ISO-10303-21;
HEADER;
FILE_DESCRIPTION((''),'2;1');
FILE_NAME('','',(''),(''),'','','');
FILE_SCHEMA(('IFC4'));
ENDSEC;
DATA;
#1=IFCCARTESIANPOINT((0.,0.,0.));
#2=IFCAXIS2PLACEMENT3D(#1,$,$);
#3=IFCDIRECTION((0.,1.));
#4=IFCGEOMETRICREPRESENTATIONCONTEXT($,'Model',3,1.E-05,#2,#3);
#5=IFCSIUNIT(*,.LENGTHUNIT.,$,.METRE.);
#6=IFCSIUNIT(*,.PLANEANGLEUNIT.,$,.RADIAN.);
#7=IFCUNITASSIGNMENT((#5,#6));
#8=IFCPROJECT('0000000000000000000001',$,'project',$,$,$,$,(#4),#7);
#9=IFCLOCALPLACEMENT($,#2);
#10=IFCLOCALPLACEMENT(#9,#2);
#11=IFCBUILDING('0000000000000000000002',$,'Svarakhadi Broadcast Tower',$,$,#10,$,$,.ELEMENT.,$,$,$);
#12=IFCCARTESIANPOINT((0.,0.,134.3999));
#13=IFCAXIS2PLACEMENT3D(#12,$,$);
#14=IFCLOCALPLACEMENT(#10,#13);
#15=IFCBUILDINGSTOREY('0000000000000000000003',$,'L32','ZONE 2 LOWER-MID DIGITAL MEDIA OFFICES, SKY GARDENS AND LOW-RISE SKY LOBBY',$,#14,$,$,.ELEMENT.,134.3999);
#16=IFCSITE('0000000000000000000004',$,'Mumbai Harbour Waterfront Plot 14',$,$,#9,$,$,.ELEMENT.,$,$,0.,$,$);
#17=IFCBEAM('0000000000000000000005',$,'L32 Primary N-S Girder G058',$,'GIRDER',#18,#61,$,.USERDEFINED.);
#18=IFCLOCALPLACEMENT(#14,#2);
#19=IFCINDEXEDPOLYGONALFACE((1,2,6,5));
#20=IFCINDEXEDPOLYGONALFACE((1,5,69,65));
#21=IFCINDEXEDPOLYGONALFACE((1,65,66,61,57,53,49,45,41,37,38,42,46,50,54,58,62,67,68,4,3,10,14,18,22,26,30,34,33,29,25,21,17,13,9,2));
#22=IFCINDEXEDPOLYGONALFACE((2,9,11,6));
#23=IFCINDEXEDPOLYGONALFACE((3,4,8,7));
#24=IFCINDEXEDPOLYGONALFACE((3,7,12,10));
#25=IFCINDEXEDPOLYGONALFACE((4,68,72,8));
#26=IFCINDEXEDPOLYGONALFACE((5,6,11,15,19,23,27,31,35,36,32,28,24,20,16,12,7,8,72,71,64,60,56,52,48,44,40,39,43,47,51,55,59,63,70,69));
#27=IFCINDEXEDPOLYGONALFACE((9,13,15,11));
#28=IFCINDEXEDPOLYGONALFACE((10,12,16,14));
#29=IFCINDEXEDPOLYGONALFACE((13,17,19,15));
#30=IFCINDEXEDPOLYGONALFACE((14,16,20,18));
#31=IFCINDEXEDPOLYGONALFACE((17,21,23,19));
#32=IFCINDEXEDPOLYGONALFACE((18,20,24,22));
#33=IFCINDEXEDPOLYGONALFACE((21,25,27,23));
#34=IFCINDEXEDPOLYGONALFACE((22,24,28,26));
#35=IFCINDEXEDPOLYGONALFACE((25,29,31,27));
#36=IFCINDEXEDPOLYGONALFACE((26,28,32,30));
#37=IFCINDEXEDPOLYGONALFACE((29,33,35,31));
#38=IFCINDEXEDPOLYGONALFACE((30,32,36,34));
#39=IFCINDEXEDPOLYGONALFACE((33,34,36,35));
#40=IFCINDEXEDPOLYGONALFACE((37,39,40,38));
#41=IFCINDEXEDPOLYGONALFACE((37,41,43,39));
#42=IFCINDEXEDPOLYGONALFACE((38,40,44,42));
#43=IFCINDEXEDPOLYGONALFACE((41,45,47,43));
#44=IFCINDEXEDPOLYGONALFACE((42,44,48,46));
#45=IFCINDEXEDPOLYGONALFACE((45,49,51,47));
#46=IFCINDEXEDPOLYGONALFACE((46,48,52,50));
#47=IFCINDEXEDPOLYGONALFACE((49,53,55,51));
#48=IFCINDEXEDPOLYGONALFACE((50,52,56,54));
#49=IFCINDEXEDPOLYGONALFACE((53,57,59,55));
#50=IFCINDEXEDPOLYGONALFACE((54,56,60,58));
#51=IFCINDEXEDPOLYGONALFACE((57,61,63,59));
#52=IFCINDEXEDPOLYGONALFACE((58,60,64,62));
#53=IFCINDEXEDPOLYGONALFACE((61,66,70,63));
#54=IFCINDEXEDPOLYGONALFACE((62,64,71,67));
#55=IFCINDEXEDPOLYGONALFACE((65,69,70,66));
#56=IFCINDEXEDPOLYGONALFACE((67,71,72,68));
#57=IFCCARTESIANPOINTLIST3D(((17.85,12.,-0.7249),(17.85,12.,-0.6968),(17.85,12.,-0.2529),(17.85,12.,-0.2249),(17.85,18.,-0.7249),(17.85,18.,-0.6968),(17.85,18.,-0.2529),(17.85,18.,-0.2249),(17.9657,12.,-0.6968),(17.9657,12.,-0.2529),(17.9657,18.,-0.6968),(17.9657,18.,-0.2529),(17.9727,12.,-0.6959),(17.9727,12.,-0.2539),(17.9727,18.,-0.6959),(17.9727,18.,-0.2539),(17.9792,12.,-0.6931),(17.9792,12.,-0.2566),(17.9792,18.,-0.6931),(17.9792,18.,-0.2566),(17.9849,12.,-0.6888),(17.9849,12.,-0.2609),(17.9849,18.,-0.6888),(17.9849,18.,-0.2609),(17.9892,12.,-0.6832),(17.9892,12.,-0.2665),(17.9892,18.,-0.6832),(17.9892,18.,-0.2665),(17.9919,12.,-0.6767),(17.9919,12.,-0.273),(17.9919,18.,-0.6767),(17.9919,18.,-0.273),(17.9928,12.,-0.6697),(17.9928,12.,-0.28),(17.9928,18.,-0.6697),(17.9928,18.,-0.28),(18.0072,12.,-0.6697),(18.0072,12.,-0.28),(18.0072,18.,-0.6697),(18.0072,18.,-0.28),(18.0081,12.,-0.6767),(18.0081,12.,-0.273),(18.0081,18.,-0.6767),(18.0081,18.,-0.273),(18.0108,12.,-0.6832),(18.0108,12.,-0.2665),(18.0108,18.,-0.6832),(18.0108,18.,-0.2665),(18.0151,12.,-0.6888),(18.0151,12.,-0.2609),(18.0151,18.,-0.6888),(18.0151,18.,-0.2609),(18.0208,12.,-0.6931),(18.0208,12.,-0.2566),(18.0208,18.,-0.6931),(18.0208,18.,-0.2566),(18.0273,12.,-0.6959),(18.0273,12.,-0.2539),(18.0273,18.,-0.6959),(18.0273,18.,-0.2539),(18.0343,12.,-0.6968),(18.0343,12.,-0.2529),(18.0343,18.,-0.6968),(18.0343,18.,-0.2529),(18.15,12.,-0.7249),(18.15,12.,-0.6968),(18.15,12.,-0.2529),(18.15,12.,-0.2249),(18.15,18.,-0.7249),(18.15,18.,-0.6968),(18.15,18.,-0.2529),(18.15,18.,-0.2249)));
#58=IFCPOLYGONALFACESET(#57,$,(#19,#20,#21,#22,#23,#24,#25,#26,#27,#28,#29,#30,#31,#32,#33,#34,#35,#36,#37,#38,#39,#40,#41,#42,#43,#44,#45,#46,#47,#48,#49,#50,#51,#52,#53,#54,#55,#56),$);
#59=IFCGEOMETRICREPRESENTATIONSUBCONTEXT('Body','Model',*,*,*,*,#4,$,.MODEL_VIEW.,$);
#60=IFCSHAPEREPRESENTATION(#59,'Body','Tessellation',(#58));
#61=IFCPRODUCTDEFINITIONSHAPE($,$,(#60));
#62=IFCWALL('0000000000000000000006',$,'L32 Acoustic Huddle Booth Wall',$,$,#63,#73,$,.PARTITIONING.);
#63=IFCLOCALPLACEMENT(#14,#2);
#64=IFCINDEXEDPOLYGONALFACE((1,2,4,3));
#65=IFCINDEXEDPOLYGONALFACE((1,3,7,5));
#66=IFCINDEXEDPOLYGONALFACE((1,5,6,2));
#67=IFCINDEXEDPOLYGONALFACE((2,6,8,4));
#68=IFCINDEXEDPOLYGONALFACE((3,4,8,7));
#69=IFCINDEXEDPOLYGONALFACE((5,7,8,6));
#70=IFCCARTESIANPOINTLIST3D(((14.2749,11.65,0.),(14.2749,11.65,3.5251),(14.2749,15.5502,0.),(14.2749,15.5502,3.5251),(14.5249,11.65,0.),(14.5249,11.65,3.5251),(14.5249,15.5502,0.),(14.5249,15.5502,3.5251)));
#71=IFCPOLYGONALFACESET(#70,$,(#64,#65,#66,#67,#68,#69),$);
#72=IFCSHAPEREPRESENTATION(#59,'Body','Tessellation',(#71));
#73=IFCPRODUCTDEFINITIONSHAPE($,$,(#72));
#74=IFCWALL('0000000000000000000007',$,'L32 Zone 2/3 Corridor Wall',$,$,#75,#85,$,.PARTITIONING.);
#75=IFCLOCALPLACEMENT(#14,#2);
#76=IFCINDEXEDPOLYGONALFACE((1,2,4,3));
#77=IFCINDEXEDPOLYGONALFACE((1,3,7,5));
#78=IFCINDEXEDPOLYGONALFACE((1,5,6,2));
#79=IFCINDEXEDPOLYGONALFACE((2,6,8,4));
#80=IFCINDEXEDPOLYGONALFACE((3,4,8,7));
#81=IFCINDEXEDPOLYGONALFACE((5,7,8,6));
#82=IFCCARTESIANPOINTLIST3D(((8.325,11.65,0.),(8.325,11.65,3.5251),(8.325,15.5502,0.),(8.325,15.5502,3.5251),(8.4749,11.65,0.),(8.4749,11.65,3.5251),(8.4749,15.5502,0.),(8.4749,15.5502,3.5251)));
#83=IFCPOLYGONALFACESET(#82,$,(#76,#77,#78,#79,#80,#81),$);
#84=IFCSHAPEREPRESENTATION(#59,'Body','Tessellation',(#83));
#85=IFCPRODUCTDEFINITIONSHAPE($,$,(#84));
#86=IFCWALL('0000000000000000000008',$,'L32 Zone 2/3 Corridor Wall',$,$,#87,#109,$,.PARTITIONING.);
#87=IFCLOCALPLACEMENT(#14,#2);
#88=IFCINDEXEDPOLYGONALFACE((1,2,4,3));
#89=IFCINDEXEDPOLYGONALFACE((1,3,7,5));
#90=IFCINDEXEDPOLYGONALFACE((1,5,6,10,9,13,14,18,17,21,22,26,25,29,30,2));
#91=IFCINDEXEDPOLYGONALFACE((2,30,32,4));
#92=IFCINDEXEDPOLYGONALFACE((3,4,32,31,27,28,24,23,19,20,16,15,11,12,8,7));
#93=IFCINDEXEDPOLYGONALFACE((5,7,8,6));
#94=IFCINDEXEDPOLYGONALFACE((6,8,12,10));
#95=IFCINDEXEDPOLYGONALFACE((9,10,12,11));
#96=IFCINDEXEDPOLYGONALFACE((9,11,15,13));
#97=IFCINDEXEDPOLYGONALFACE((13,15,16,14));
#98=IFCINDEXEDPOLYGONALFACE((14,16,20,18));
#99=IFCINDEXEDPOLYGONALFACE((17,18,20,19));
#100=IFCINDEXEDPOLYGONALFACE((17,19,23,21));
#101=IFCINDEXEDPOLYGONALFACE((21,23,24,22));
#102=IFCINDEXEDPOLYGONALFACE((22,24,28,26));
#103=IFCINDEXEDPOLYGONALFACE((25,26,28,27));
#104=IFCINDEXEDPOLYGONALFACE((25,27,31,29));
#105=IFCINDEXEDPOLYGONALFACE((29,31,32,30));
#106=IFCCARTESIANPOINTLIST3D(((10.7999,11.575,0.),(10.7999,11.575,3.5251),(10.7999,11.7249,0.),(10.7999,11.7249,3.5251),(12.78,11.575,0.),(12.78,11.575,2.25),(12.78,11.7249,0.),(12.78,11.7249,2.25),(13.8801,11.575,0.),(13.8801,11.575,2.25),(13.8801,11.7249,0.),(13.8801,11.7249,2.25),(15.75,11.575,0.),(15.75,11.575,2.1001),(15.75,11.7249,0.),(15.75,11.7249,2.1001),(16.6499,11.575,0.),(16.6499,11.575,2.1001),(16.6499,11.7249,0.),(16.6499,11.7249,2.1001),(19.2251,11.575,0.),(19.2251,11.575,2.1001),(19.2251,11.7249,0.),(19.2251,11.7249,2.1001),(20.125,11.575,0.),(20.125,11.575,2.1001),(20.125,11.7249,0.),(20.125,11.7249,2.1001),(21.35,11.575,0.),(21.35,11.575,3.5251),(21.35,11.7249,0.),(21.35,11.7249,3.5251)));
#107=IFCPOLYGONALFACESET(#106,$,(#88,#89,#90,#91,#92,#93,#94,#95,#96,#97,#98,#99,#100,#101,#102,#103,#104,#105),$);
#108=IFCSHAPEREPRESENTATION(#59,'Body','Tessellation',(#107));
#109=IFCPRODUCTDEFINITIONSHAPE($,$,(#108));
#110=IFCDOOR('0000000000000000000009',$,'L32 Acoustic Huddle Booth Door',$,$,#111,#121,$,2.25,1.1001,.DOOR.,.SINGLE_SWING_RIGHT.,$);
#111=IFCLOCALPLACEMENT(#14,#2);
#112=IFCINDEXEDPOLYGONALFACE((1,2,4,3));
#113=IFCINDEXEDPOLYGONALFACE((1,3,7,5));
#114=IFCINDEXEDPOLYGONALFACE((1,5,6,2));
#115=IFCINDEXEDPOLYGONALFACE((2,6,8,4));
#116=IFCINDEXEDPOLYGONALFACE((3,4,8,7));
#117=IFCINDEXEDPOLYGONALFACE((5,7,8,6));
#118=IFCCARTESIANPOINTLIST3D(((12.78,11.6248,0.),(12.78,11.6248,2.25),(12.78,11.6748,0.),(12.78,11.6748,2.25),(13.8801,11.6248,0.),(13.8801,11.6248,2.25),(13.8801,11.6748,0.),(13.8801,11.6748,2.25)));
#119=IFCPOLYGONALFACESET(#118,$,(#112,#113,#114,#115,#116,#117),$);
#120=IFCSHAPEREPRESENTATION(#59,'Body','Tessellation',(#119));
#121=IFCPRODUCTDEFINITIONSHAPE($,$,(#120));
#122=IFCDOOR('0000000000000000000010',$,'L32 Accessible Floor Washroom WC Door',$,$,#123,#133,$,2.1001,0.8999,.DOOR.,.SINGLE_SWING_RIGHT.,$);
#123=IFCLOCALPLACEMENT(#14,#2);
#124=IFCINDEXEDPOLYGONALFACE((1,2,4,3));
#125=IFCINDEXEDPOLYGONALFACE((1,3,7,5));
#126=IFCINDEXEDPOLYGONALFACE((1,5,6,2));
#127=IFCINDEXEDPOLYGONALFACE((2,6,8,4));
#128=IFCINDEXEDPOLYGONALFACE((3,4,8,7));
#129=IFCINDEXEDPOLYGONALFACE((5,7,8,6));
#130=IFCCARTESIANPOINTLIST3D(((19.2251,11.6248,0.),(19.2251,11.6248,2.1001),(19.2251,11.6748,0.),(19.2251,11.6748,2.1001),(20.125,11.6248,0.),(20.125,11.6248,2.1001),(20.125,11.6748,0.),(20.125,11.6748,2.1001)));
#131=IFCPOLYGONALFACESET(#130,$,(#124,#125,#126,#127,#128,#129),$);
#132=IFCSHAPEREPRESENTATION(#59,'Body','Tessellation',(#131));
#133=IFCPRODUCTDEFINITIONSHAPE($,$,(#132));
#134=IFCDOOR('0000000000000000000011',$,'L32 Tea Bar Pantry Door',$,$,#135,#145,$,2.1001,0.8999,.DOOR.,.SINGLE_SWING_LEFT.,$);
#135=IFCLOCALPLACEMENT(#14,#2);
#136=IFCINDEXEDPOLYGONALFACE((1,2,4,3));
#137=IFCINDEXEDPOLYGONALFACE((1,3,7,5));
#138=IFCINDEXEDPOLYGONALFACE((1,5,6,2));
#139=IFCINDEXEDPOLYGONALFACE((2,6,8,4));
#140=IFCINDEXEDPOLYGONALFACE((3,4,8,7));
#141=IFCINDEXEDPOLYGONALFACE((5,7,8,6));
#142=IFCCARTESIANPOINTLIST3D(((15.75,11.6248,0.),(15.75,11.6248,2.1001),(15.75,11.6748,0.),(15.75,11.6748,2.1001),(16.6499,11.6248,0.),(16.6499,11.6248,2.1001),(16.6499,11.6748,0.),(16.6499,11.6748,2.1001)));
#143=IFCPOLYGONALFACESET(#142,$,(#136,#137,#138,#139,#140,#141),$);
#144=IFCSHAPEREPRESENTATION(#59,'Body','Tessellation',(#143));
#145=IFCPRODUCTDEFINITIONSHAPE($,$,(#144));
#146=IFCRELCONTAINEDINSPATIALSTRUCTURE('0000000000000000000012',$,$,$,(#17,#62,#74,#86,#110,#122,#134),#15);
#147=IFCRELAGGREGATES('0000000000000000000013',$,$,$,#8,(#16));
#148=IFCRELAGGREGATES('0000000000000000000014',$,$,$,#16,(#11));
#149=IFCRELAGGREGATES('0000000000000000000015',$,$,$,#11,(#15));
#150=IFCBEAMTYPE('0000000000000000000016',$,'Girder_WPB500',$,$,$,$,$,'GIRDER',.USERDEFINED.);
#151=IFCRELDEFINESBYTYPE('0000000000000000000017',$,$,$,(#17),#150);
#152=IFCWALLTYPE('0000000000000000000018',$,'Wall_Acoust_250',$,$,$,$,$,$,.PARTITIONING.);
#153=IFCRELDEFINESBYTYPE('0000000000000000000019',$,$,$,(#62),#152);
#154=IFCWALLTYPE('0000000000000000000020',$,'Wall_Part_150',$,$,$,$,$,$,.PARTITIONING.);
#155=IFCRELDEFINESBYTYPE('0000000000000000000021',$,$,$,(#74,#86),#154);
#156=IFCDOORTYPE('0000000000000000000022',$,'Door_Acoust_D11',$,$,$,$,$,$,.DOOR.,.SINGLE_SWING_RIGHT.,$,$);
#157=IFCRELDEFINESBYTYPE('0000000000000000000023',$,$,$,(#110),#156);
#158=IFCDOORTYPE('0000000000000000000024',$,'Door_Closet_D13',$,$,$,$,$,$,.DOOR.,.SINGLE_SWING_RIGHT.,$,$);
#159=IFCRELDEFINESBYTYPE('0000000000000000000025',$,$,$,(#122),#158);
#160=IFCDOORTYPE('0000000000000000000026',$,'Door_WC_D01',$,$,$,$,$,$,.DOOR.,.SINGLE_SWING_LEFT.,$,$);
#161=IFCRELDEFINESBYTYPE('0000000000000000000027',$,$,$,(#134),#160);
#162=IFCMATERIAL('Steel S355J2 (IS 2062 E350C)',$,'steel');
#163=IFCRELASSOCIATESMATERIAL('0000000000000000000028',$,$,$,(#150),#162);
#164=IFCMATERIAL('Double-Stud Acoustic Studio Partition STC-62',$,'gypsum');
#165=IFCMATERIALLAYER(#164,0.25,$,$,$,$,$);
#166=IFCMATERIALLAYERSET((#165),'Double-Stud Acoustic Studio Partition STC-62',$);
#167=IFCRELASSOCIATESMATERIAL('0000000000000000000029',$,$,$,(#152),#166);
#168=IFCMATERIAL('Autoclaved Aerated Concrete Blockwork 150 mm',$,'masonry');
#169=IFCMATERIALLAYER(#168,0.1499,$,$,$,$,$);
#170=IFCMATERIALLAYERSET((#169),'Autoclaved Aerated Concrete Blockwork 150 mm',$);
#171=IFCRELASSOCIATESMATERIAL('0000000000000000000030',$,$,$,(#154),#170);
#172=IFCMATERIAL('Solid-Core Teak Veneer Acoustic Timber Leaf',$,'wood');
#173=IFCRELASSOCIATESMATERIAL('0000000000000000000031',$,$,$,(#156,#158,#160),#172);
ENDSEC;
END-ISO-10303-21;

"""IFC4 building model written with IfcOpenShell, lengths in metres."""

from ifc_helpers import new_model, si_unit, direction, frame, frame_2d, origin, origin_2d, place, context, subcontext, project, spatial, rectangle, i_section, extrude, material, layer, layer_set, material_profile, profile_set, type_object, element, fill, save


model = new_model("IFC4")

# Units and contexts
model_context = context("Model", 3, precision=1e-05, world=origin(), true_north=direction((0.0, 1.0)))
body_context = subcontext(model_context, "Body", "Model", "MODEL_VIEW")
ifc_project = project(units=[si_unit("LENGTHUNIT", "METRE"), si_unit("PLANEANGLEUNIT", "RADIAN")], contexts=[model_context])

# Site, building, storey
site_placement = place(None, origin())
site = spatial("IfcSite", under=ifc_project, at=site_placement, Name="Mumbai Harbour Waterfront Plot 14", CompositionType="ELEMENT", RefElevation=0.0)
building_placement = place(site_placement, origin())
building = spatial("IfcBuilding", under=site, at=building_placement, Name="Svarakhadi Broadcast Tower", CompositionType="ELEMENT")
storey_placement = place(building_placement, frame((0.0, 0.0, 134.3999)))
storey = spatial("IfcBuildingStorey", under=building, at=storey_placement, Name="L32", Description="ZONE 2 LOWER-MID DIGITAL MEDIA OFFICES, SKY GARDENS AND LOW-RISE SKY LOBBY", CompositionType="ELEMENT", Elevation=134.3999)

# Beam
ifc_material_1 = material(Name="Steel S355J2 (IS 2062 E350C)", Category="steel")
ifc_material_profile_1 = material_profile(ifc_material_1, i_section(OverallWidth=0.3, OverallDepth=0.5, WebThickness=0.0144, FlangeThickness=0.0281, FilletRadius=0.0271, at=origin_2d()), Name="WPB 500x300x187")
ifc_profile_set_1 = profile_set([ifc_material_profile_1], Name="Steel S355J2 (IS 2062 E350C)")
beam_type_1 = type_object("IfcBeamType", Name="Girder_WPB500", ElementType="GIRDER", PredefinedType="USERDEFINED", material=ifc_profile_set_1)
for number, where, z_axis, x_axis, name in (
    (1, (18.0, 12.0, -0.4749), (0.0, 1.0, 0.0), (-1.0, 0.0, 0.0), "L32 Primary N-S Girder G058"),
):
    element("IfcBeam", number, at=place(storey_placement, frame(where, z_axis=z_axis, x_axis=x_axis)), inside=storey, type_object=beam_type_1, Name=name, ObjectType="GIRDER", PredefinedType="USERDEFINED", context=body_context, shape_type="SweptSolid", body=[
        extrude(i_section(OverallWidth=0.3, OverallDepth=0.5, WebThickness=0.0144, FlangeThickness=0.0281, FilletRadius=0.0271, at=origin_2d()), origin(), (0.0, 0.0, 1.0), 6.0),
    ])

# Walls
ifc_material_2 = material(Name="Double-Stud Acoustic Studio Partition STC-62", Category="gypsum")
ifc_layer_1 = layer(ifc_material_2, 0.25)
ifc_layer_set_1 = layer_set([ifc_layer_1], Name="Double-Stud Acoustic Studio Partition STC-62")
wall_type_1 = type_object("IfcWallType", Name="Wall_Acoust_250", PredefinedType="PARTITIONING", material=ifc_layer_set_1)
wall_1_placement = place(storey_placement, frame((14.3999, 11.6499, 0.0), z_axis=(0.0, 0.0, 1.0), x_axis=(0.0, 1.0, 0.0)))
element("IfcWall", 2, at=wall_1_placement, inside=storey, type_object=wall_type_1, Name="L32 Acoustic Huddle Booth Wall", PredefinedType="PARTITIONING", context=body_context, shape_type="SweptSolid", body=[
    extrude(rectangle(XDim=3.9001, YDim=0.25, at=frame_2d((1.9502, 0.0))), origin(), (0.0, 0.0, 1.0), 3.5251),
])
ifc_material_3 = material(Name="Autoclaved Aerated Concrete Blockwork 150 mm", Category="masonry")
ifc_layer_2 = layer(ifc_material_3, 0.1499)
ifc_layer_set_2 = layer_set([ifc_layer_2], Name="Autoclaved Aerated Concrete Blockwork 150 mm")
wall_type_2 = type_object("IfcWallType", Name="Wall_Part_150", PredefinedType="PARTITIONING", material=ifc_layer_set_2)
wall_2_placement = place(storey_placement, frame((8.3999, 11.6499, 0.0), z_axis=(0.0, 0.0, 1.0), x_axis=(0.0, 1.0, 0.0)))
element("IfcWall", 3, at=wall_2_placement, inside=storey, type_object=wall_type_2, Name="L32 Zone 2/3 Corridor Wall", PredefinedType="PARTITIONING", context=body_context, shape_type="SweptSolid", body=[
    extrude(rectangle(XDim=3.9001, YDim=0.1499, at=frame_2d((1.9502, 0.0))), origin(), (0.0, 0.0, 1.0), 3.5251),
])

# Wall, openings, doors
wall_3_placement = place(storey_placement, frame((10.8, 11.6499, 0.0), z_axis=(0.0, 0.0, 1.0), x_axis=(1.0, 0.0, 0.0)))
wall_3 = element("IfcWall", 4, at=wall_3_placement, inside=storey, type_object=wall_type_2, Name="L32 Zone 2/3 Corridor Wall", PredefinedType="PARTITIONING", context=body_context, shape_type="SweptSolid", body=[
    extrude(rectangle(XDim=10.55, YDim=0.1499, at=frame_2d((5.2749, 0.0))), origin(), (0.0, 0.0, 1.0), 3.5251),
])
opening_1_placement = place(wall_3_placement, frame((1.98, 0.0, 0.0)))
opening_1 = element("IfcOpeningElement", 5, at=opening_1_placement, cuts=wall_3, PredefinedType="OPENING", context=body_context, shape_type="SweptSolid", body=[
    extrude(rectangle(XDim=1.1001, YDim=2.25, at=frame_2d((0.55, 1.125))), frame((0.0, 0.085, 0.0), z_axis=(0.0, -1.0, 0.0), x_axis=(1.0, 0.0, 0.0)), (0.0, 0.0, 1.0), 0.1699),
])
opening_2_placement = place(wall_3_placement, frame((4.95, 0.0, 0.0)))
opening_2 = element("IfcOpeningElement", 6, at=opening_2_placement, cuts=wall_3, PredefinedType="OPENING", context=body_context, shape_type="SweptSolid", body=[
    extrude(rectangle(XDim=0.8999, YDim=2.1001, at=frame_2d((0.45, 1.05))), frame((0.0, 0.085, 0.0), z_axis=(0.0, -1.0, 0.0), x_axis=(1.0, 0.0, 0.0)), (0.0, 0.0, 1.0), 0.1699),
])
opening_3_placement = place(wall_3_placement, frame((8.425, 0.0, 0.0)))
opening_3 = element("IfcOpeningElement", 7, at=opening_3_placement, cuts=wall_3, PredefinedType="OPENING", context=body_context, shape_type="SweptSolid", body=[
    extrude(rectangle(XDim=0.8999, YDim=2.1001, at=frame_2d((0.45, 1.05))), frame((0.0, 0.085, 0.0), z_axis=(0.0, -1.0, 0.0), x_axis=(1.0, 0.0, 0.0)), (0.0, 0.0, 1.0), 0.1699),
])
ifc_material_4 = material(Name="Solid-Core Teak Veneer Acoustic Timber Leaf", Category="wood")
door_type_1 = type_object("IfcDoorType", Name="Door_Acoust_D11", OperationType="SINGLE_SWING_RIGHT", PredefinedType="DOOR", material=ifc_material_4)
door_1_placement = place(opening_1_placement, origin())
door_1 = element("IfcDoor", 8, at=door_1_placement, inside=storey, type_object=door_type_1, Name="L32 Acoustic Huddle Booth Door", OperationType="SINGLE_SWING_RIGHT", OverallHeight=2.25, OverallWidth=1.1001, PredefinedType="DOOR", context=body_context, shape_type="SweptSolid", body=[
    extrude(rectangle(XDim=1.1001, YDim=2.25, at=frame_2d((0.55, 1.125))), frame((0.0, 0.0249, 0.0), z_axis=(0.0, -1.0, 0.0), x_axis=(1.0, 0.0, 0.0)), (0.0, 0.0, 1.0), 0.05),
])
fill(opening_1, door_1)
door_type_2 = type_object("IfcDoorType", Name="Door_Closet_D13", OperationType="SINGLE_SWING_RIGHT", PredefinedType="DOOR", material=ifc_material_4)
door_2_placement = place(opening_3_placement, origin())
door_2 = element("IfcDoor", 9, at=door_2_placement, inside=storey, type_object=door_type_2, Name="L32 Accessible Floor Washroom WC Door", OperationType="SINGLE_SWING_RIGHT", OverallHeight=2.1001, OverallWidth=0.8999, PredefinedType="DOOR", context=body_context, shape_type="SweptSolid", body=[
    extrude(rectangle(XDim=0.8999, YDim=2.1001, at=frame_2d((0.45, 1.05))), frame((0.0, 0.0249, 0.0), z_axis=(0.0, -1.0, 0.0), x_axis=(1.0, 0.0, 0.0)), (0.0, 0.0, 1.0), 0.05),
])
fill(opening_3, door_2)
door_type_3 = type_object("IfcDoorType", Name="Door_WC_D01", OperationType="SINGLE_SWING_LEFT", PredefinedType="DOOR", material=ifc_material_4)
door_3_placement = place(opening_2_placement, origin())
door_3 = element("IfcDoor", 10, at=door_3_placement, inside=storey, type_object=door_type_3, Name="L32 Tea Bar Pantry Door", OperationType="SINGLE_SWING_LEFT", OverallHeight=2.1001, OverallWidth=0.8999, PredefinedType="DOOR", context=body_context, shape_type="SweptSolid", body=[
    extrude(rectangle(XDim=0.8999, YDim=2.1001, at=frame_2d((0.45, 1.05))), frame((0.0, 0.0249, 0.0), z_axis=(0.0, -1.0, 0.0), x_axis=(1.0, 0.0, 0.0)), (0.0, 0.0, 1.0), 0.05),
])
fill(opening_2, door_3)

save(model, "model.ifc")
